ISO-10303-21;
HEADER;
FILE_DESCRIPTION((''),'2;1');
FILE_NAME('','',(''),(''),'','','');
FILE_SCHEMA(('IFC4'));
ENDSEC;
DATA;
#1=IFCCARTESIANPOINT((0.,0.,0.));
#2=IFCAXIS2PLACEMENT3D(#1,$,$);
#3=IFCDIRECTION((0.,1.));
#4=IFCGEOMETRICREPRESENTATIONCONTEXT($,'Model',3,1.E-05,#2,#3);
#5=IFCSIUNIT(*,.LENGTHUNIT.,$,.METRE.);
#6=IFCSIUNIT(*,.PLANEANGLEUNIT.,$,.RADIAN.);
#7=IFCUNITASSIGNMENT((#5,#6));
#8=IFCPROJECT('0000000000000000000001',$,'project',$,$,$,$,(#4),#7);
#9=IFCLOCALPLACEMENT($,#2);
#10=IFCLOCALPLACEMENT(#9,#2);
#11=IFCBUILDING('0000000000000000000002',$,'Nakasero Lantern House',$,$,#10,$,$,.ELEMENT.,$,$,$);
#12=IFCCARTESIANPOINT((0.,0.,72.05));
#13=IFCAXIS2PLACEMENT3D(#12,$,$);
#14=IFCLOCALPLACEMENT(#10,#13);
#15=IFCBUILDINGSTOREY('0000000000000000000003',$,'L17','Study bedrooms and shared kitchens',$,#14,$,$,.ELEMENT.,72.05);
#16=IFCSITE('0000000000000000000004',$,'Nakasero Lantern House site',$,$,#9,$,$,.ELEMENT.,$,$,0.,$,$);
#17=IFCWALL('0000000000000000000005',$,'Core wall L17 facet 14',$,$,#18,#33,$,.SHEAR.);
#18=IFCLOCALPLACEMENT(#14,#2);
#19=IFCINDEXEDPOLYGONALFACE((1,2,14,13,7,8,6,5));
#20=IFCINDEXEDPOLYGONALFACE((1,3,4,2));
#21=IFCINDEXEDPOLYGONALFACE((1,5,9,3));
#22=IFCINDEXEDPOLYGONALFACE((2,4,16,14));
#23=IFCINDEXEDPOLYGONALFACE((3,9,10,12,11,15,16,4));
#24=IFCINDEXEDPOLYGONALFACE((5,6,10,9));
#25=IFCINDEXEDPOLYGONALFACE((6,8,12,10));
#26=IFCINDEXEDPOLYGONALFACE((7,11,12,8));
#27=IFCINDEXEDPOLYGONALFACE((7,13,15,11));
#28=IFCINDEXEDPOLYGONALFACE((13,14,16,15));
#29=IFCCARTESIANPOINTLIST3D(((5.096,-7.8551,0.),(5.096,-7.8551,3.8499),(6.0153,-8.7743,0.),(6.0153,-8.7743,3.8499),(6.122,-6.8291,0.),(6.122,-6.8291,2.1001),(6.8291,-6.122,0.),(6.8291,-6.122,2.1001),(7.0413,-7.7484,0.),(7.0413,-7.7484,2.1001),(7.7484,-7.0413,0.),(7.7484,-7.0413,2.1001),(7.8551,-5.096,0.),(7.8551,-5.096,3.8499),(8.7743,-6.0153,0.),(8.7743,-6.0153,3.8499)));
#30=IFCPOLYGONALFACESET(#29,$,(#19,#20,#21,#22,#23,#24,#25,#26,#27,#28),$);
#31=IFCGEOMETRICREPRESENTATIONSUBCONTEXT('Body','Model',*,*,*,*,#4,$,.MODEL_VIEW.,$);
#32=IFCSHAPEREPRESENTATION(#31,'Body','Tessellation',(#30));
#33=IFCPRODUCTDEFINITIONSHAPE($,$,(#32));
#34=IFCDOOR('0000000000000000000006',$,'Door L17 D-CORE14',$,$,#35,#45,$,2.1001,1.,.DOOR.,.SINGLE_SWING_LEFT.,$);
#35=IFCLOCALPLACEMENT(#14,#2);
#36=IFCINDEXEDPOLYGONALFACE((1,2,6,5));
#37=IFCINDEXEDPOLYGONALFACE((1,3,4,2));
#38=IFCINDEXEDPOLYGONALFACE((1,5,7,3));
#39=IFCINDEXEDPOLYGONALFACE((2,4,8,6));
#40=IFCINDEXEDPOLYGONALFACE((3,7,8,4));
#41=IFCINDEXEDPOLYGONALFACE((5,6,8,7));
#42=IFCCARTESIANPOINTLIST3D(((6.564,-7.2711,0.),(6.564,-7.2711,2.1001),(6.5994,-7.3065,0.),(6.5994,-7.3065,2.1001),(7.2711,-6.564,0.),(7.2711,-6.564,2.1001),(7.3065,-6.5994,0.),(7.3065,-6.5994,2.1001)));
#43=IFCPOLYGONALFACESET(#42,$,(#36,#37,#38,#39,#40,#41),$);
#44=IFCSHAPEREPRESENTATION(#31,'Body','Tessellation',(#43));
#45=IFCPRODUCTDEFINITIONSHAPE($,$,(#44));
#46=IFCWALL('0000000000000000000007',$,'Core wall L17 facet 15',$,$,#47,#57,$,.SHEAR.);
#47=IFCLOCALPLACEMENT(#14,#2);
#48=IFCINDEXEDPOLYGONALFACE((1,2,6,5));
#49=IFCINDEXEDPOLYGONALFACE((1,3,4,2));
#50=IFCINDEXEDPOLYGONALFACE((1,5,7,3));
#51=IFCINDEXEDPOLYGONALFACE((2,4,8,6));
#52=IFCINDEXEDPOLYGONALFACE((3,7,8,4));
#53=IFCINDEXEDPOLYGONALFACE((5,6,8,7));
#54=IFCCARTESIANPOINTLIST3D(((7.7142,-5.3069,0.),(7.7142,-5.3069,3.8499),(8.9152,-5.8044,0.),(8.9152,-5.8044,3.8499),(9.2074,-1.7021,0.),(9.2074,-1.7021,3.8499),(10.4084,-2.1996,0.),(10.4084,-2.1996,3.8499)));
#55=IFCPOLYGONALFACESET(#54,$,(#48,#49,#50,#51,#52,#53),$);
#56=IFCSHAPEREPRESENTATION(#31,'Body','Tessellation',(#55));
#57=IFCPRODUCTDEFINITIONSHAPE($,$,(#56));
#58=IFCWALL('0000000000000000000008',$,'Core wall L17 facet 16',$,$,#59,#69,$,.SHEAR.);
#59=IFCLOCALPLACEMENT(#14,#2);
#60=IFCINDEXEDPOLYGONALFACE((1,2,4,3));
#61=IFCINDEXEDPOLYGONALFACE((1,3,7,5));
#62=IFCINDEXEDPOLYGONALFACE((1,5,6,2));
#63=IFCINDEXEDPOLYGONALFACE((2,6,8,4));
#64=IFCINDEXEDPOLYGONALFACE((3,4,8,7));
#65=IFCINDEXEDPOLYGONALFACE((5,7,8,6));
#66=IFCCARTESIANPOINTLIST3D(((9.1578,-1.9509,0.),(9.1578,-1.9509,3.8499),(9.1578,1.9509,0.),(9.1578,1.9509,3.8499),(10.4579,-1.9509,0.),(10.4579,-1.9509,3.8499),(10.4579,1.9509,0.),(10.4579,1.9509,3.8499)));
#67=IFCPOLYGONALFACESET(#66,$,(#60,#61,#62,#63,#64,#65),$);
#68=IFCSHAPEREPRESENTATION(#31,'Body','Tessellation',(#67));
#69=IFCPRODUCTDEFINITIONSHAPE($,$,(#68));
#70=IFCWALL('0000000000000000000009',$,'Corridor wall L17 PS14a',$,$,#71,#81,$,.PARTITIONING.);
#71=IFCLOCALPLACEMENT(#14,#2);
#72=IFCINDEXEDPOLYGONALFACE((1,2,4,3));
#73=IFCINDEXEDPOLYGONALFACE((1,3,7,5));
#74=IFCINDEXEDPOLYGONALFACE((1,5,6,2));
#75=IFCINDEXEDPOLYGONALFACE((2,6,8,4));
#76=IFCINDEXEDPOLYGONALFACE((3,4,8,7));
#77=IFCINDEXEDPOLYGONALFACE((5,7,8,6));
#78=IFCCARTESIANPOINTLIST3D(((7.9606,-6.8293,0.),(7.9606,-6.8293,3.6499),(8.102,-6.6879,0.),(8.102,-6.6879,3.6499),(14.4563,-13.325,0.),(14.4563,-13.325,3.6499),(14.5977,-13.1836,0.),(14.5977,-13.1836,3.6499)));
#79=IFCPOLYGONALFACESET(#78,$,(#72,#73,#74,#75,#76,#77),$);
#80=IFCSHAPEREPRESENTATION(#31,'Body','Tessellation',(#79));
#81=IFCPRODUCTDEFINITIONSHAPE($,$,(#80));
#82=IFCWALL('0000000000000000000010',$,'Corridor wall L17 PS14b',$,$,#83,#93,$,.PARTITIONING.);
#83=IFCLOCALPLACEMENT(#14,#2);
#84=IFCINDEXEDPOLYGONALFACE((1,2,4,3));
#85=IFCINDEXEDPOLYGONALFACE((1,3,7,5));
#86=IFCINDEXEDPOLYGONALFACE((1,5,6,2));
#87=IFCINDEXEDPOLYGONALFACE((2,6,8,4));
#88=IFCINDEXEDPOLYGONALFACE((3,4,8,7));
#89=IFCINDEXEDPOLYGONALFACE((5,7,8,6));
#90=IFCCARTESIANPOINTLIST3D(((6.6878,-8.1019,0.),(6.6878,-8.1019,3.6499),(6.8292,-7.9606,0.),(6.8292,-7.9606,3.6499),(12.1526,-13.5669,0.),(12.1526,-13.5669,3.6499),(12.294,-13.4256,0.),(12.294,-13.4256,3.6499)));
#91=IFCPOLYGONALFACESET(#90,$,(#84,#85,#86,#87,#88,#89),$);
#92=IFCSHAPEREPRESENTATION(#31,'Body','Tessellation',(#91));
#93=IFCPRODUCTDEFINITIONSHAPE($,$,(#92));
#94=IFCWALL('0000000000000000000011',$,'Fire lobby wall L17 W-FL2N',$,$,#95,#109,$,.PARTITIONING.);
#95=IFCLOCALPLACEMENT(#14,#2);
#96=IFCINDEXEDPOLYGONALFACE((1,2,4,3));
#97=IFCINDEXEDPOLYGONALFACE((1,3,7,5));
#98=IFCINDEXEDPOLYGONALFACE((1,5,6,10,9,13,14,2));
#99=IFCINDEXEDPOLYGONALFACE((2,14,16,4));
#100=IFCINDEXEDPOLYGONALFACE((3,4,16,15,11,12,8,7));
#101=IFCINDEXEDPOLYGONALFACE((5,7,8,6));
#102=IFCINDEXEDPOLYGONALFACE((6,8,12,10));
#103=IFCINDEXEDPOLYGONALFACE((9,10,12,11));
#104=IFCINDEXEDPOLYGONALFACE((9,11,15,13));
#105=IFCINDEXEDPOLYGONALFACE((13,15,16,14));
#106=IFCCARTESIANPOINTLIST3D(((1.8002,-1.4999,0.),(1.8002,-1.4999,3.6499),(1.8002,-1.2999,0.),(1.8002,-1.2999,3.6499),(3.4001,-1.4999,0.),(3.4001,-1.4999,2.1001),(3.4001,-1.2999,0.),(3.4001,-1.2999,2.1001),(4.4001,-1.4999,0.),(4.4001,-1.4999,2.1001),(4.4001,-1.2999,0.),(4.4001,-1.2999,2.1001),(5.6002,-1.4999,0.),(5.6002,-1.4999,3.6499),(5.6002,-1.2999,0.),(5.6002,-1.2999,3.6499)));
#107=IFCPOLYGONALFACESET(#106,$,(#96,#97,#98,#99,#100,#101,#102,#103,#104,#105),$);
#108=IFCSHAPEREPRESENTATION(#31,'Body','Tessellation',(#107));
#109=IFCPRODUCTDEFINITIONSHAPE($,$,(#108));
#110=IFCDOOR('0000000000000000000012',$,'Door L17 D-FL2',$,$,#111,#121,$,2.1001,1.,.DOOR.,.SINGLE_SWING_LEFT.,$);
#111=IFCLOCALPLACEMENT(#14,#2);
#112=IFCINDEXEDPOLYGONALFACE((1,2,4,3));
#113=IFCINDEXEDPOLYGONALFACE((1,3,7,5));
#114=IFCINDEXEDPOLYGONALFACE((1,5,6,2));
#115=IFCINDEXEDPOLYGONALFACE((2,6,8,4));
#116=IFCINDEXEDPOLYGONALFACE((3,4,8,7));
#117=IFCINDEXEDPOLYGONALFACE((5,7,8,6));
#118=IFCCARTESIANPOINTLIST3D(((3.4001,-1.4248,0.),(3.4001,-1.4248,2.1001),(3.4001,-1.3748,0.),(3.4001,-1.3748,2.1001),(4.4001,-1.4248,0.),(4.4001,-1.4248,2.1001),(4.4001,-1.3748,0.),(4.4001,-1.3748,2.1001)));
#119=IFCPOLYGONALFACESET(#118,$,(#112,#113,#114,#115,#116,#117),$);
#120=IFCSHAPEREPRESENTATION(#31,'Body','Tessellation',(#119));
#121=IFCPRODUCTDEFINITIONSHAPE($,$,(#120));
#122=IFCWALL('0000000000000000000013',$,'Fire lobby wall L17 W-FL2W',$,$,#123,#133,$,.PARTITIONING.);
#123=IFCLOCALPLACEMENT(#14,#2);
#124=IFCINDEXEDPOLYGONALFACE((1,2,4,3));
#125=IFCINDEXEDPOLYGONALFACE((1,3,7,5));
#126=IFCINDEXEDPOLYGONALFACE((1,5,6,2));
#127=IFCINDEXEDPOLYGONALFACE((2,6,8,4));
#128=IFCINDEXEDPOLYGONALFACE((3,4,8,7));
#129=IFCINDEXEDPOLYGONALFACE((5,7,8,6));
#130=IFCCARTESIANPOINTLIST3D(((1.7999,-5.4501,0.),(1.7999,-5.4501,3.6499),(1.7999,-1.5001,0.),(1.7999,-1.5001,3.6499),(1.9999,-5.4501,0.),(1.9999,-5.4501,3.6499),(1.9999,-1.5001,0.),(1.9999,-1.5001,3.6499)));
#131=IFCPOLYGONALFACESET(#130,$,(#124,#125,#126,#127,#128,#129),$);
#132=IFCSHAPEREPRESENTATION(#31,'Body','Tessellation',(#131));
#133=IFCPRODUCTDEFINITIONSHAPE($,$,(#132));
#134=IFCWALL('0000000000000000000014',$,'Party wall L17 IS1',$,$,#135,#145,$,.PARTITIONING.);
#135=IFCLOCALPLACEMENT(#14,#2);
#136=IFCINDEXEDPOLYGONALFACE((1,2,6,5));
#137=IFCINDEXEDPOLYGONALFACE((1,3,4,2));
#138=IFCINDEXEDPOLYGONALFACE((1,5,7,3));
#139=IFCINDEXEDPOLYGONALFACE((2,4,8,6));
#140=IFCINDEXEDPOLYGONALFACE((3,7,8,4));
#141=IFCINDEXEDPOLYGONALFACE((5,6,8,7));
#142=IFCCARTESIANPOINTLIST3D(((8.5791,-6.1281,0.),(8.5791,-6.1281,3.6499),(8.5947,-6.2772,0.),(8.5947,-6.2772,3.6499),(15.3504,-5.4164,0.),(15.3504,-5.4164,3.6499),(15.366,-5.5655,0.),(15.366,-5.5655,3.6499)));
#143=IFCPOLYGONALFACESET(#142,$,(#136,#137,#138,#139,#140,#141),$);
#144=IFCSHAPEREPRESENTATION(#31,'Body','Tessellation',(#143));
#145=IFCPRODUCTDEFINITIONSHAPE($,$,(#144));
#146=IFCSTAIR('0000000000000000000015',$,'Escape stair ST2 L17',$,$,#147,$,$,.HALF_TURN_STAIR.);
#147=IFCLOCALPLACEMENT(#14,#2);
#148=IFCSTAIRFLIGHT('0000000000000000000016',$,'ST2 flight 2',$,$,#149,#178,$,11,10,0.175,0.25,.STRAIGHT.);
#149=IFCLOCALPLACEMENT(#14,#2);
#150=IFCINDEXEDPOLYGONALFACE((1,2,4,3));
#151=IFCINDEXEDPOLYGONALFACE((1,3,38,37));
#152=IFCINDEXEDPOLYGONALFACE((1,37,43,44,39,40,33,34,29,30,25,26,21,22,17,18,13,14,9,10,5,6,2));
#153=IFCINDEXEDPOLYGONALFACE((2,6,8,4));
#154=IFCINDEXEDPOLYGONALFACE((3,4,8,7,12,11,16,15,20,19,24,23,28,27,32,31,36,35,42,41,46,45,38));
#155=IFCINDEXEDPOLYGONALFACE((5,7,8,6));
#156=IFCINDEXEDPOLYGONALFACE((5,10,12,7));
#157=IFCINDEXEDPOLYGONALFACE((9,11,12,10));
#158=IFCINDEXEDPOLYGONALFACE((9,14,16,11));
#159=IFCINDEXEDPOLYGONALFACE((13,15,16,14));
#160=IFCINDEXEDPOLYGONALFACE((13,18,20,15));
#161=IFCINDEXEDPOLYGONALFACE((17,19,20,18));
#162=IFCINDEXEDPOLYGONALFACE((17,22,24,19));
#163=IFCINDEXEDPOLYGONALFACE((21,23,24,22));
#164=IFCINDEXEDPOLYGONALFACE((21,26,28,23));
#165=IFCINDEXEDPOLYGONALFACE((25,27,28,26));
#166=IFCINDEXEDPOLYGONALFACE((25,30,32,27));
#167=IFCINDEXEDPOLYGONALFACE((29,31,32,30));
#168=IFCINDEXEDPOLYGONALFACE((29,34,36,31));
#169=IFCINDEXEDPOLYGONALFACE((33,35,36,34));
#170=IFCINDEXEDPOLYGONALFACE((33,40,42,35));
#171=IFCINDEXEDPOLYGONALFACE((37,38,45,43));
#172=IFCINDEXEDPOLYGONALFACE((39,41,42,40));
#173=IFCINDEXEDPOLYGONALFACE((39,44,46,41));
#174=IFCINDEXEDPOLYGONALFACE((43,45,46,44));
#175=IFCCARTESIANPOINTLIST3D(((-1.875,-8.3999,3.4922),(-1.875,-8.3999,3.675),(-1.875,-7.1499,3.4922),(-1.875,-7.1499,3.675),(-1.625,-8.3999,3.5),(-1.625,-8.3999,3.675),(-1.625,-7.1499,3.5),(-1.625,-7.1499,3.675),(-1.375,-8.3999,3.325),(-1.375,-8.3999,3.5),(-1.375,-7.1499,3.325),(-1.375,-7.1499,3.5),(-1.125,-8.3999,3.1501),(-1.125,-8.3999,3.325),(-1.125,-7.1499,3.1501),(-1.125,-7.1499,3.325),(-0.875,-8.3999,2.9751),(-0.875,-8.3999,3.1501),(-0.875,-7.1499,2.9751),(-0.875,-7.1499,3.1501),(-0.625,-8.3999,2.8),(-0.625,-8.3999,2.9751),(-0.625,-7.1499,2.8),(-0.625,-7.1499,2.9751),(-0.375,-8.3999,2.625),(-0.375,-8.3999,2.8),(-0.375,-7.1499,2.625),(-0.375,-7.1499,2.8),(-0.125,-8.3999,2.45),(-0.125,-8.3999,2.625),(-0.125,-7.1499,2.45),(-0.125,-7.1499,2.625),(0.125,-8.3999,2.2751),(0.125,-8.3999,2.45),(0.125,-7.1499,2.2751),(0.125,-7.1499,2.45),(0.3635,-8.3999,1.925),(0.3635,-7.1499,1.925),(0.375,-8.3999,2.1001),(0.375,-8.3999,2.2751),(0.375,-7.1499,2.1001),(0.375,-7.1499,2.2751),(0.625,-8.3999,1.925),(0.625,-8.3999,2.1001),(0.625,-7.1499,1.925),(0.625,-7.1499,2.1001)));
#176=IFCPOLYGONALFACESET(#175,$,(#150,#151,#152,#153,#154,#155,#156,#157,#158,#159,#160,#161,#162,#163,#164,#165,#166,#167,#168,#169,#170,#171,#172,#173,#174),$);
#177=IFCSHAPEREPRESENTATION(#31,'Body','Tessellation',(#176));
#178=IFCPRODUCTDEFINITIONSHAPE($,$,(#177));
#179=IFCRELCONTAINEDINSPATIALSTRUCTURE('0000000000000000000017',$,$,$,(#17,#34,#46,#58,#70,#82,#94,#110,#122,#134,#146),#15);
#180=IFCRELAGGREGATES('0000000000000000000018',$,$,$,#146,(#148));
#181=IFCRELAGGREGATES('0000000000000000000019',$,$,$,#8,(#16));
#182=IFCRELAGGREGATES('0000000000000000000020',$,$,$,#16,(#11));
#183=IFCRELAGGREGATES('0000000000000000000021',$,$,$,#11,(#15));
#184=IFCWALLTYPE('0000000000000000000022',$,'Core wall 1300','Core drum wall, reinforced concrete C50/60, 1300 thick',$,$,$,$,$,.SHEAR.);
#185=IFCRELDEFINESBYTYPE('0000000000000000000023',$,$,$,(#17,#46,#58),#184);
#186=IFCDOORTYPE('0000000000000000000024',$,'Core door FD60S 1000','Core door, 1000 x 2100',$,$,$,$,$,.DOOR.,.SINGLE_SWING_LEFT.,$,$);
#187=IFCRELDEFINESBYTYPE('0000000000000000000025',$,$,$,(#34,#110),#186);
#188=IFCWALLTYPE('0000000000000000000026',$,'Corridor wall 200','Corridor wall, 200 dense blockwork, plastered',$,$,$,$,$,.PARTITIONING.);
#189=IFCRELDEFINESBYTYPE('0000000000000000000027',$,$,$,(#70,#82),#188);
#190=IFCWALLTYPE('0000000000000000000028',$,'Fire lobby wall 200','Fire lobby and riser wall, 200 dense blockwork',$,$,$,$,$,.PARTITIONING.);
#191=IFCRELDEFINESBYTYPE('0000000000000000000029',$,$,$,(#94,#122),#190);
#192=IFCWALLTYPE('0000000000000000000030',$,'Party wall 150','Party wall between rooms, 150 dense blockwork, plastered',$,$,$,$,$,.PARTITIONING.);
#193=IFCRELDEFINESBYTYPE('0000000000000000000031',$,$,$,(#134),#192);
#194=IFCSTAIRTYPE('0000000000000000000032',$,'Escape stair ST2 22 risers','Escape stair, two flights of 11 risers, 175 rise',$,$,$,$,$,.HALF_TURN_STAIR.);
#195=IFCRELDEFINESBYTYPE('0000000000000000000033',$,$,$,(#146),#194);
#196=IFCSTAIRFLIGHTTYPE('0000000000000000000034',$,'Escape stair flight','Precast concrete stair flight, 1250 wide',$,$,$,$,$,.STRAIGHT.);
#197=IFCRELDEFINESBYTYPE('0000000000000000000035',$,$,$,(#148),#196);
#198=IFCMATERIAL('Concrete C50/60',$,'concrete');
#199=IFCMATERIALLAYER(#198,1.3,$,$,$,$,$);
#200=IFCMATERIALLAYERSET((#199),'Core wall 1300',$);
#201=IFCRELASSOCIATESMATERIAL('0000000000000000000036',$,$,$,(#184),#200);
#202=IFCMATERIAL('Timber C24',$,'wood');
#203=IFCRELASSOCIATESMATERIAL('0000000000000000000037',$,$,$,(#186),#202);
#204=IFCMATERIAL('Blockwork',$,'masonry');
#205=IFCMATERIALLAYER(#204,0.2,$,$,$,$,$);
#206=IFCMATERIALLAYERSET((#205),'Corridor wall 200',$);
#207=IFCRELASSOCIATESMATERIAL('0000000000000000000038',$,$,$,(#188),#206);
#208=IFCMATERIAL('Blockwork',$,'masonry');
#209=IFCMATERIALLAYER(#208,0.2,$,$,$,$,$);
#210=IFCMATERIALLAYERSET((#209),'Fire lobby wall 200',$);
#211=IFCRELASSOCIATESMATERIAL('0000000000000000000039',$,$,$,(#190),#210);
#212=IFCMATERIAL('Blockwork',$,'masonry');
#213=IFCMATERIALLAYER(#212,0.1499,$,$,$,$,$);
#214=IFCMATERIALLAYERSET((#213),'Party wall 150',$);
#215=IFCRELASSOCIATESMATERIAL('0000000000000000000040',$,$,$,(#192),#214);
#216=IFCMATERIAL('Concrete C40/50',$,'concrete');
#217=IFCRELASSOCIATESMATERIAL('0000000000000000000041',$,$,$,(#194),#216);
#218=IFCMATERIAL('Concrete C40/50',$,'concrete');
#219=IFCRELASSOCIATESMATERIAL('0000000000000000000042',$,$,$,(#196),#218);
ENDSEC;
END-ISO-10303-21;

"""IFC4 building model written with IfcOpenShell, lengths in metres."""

from ifc_helpers import new_model, si_unit, direction, frame, frame_2d, origin, place, context, subcontext, project, spatial, polyline, rectangle, outline, extrude, material, layer, layer_set, type_object, element, fill, aggregate, save


model = new_model("IFC4")

# Units and contexts
model_context = context("Model", 3, precision=1e-05, world=origin(), true_north=direction((0.0, 1.0)))
body_context = subcontext(model_context, "Body", "Model", "MODEL_VIEW")
ifc_project = project(units=[si_unit("LENGTHUNIT", "METRE"), si_unit("PLANEANGLEUNIT", "RADIAN")], contexts=[model_context])

# Site, building, storey
site_placement = place(None, origin())
site = spatial("IfcSite", under=ifc_project, at=site_placement, Name="Nakasero Lantern House site", CompositionType="ELEMENT", RefElevation=0.0)
building_placement = place(site_placement, origin())
building = spatial("IfcBuilding", under=site, at=building_placement, Name="Nakasero Lantern House", CompositionType="ELEMENT")
storey_placement = place(building_placement, frame((0.0, 0.0, 72.05)))
storey = spatial("IfcBuildingStorey", under=building, at=storey_placement, Name="L17", Description="Study bedrooms and shared kitchens", CompositionType="ELEMENT", Elevation=72.05)

# Shared definitions
ifc_material_1 = material(Name="Concrete C50/60", Category="concrete")
ifc_layer_1 = layer(ifc_material_1, 1.3)
ifc_layer_set_1 = layer_set([ifc_layer_1], Name="Core wall 1300")
wall_type_1 = type_object("IfcWallType", Name="Core wall 1300", Description="Core drum wall, reinforced concrete C50/60, 1300 thick", PredefinedType="SHEAR", material=ifc_layer_set_1)

# Wall, opening, door
wall_1_placement = place(storey_placement, frame((5.5557, -8.3147, 0.0), z_axis=(0.0, 0.0, 1.0), x_axis=(0.707107, 0.707107, 0.0)))
wall_1 = element("IfcWall", 1, at=wall_1_placement, inside=storey, type_object=wall_type_1, Name="Core wall L17 facet 14", PredefinedType="SHEAR", context=body_context, shape_type="SweptSolid", body=[
    extrude(rectangle(XDim=3.9019, YDim=1.3, at=frame_2d((1.9509, 0.0))), origin(), (0.0, 0.0, 1.0), 3.8499),
])
opening_1_placement = place(wall_1_placement, frame((1.4509, 0.0, 0.0)))
opening_1 = element("IfcOpeningElement", 2, at=opening_1_placement, cuts=wall_1, PredefinedType="OPENING", context=body_context, shape_type="SweptSolid", body=[
    extrude(rectangle(XDim=1.0, YDim=2.1001, at=frame_2d((0.5, 1.05))), frame((0.0, 0.6699, 0.0), z_axis=(0.0, -1.0, 0.0), x_axis=(1.0, 0.0, 0.0)), (0.0, 0.0, 1.0), 1.3401),
])
ifc_material_2 = material(Name="Timber C24", Category="wood")
door_type_1 = type_object("IfcDoorType", Name="Core door FD60S 1000", Description="Core door, 1000 x 2100", OperationType="SINGLE_SWING_LEFT", PredefinedType="DOOR", material=ifc_material_2)
door_1_placement = place(opening_1_placement, origin())
door_1 = element("IfcDoor", 3, at=door_1_placement, inside=storey, type_object=door_type_1, Name="Door L17 D-CORE14", OperationType="SINGLE_SWING_LEFT", OverallHeight=2.1001, OverallWidth=1.0, PredefinedType="DOOR", context=body_context, shape_type="SweptSolid", body=[
    extrude(rectangle(XDim=1.0, YDim=2.1001, at=frame_2d((0.5, 1.05))), frame((0.0, 0.0249, 0.0), z_axis=(0.0, -1.0, 0.0), x_axis=(1.0, 0.0, 0.0)), (0.0, 0.0, 1.0), 0.05),
])
fill(opening_1, door_1)

# Walls
for number, where, z_axis, x_axis, name in (
    (4, (8.3147, -5.5557, 0.0), (0.0, 0.0, 1.0), (0.382691, 0.923877, 0.0), "Core wall L17 facet 15"),
    (5, (9.8079, -1.9509, 0.0), (0.0, 0.0, 1.0), (0.0, 1.0, 0.0), "Core wall L17 facet 16"),
):
    element("IfcWall", number, at=place(storey_placement, frame(where, z_axis=z_axis, x_axis=x_axis)), inside=storey, type_object=wall_type_1, Name=name, PredefinedType="SHEAR", context=body_context, shape_type="SweptSolid", body=[
        extrude(rectangle(XDim=3.9019, YDim=1.3, at=frame_2d((1.9509, 0.0))), origin(), (0.0, 0.0, 1.0), 3.8499),
    ])
ifc_material_3 = material(Name="Blockwork", Category="masonry")
ifc_layer_2 = layer(ifc_material_3, 0.2)
ifc_layer_set_2 = layer_set([ifc_layer_2], Name="Corridor wall 200")
wall_type_2 = type_object("IfcWallType", Name="Corridor wall 200", Description="Corridor wall, 200 dense blockwork, plastered", PredefinedType="PARTITIONING", material=ifc_layer_set_2)
wall_2_placement = place(storey_placement, frame((8.0312, -6.7585, 0.0), z_axis=(0.0, 0.0, 1.0), x_axis=(0.707107, -0.707107, 0.0)))
element("IfcWall", 6, at=wall_2_placement, inside=storey, type_object=wall_type_2, Name="Corridor wall L17 PS14a", PredefinedType="PARTITIONING", context=body_context, shape_type="SweptSolid", body=[
    extrude(rectangle(XDim=9.1863, YDim=0.2, at=frame_2d((4.5933, 0.0))), origin(), (0.0, 0.0, 1.0), 3.6499),
])
wall_3_placement = place(storey_placement, frame((6.7585, -8.0312, 0.0), z_axis=(0.0, 0.0, 1.0), x_axis=(0.707091, -0.707123, 0.0)))
element("IfcWall", 7, at=wall_3_placement, inside=storey, type_object=wall_type_2, Name="Corridor wall L17 PS14b", PredefinedType="PARTITIONING", context=body_context, shape_type="SweptSolid", body=[
    extrude(rectangle(XDim=7.7285, YDim=0.2, at=frame_2d((3.8643, 0.0))), origin(), (0.0, 0.0, 1.0), 3.6499),
])

# Wall, opening, door
ifc_material_4 = material(Name="Blockwork", Category="masonry")
ifc_layer_3 = layer(ifc_material_4, 0.2)
ifc_layer_set_3 = layer_set([ifc_layer_3], Name="Fire lobby wall 200")
wall_type_3 = type_object("IfcWallType", Name="Fire lobby wall 200", Description="Fire lobby and riser wall, 200 dense blockwork", PredefinedType="PARTITIONING", material=ifc_layer_set_3)
wall_4_placement = place(storey_placement, frame((5.6001, -1.3999, 0.0), z_axis=(0.0, 0.0, 1.0), x_axis=(-1.0, 0.0, 0.0)))
wall_4 = element("IfcWall", 8, at=wall_4_placement, inside=storey, type_object=wall_type_3, Name="Fire lobby wall L17 W-FL2N", PredefinedType="PARTITIONING", context=body_context, shape_type="SweptSolid", body=[
    extrude(rectangle(XDim=3.8, YDim=0.2, at=frame_2d((1.8999, 0.0))), origin(), (0.0, 0.0, 1.0), 3.6499),
])
opening_2_placement = place(wall_4_placement, frame((1.2, 0.0, 0.0)))
opening_2 = element("IfcOpeningElement", 9, at=opening_2_placement, cuts=wall_4, PredefinedType="OPENING", context=body_context, shape_type="SweptSolid", body=[
    extrude(rectangle(XDim=1.0, YDim=2.1001, at=frame_2d((0.5, 1.05))), frame((0.0, 0.1199, 0.0), z_axis=(0.0, -1.0, 0.0), x_axis=(1.0, 0.0, 0.0)), (0.0, 0.0, 1.0), 0.24),
])
door_2_placement = place(opening_2_placement, origin())
door_2 = element("IfcDoor", 10, at=door_2_placement, inside=storey, type_object=door_type_1, Name="Door L17 D-FL2", OperationType="SINGLE_SWING_LEFT", OverallHeight=2.1001, OverallWidth=1.0, PredefinedType="DOOR", context=body_context, shape_type="SweptSolid", body=[
    extrude(rectangle(XDim=1.0, YDim=2.1001, at=frame_2d((0.5, 1.05))), frame((0.0, 0.0249, 0.0), z_axis=(0.0, -1.0, 0.0), x_axis=(1.0, 0.0, 0.0)), (0.0, 0.0, 1.0), 0.05),
])
fill(opening_2, door_2)

# Walls
wall_5_placement = place(storey_placement, frame((1.8999, -1.5, 0.0), z_axis=(0.0, 0.0, 1.0), x_axis=(0.0, -1.0, 0.0)))
element("IfcWall", 11, at=wall_5_placement, inside=storey, type_object=wall_type_3, Name="Fire lobby wall L17 W-FL2W", PredefinedType="PARTITIONING", context=body_context, shape_type="SweptSolid", body=[
    extrude(rectangle(XDim=3.95, YDim=0.2, at=frame_2d((1.9751, 0.0))), origin(), (0.0, 0.0, 1.0), 3.6499),
])
ifc_material_5 = material(Name="Blockwork", Category="masonry")
ifc_layer_4 = layer(ifc_material_5, 0.1499)
ifc_layer_set_4 = layer_set([ifc_layer_4], Name="Party wall 150")
wall_type_4 = type_object("IfcWallType", Name="Party wall 150", Description="Party wall between rooms, 150 dense blockwork, plastered", PredefinedType="PARTITIONING", material=ifc_layer_set_4)
wall_6_placement = place(storey_placement, frame((8.5869, -6.2026, 0.0), z_axis=(0.0, 0.0, 1.0), x_axis=(0.994522, 0.104526, 0.0)))
element("IfcWall", 12, at=wall_6_placement, inside=storey, type_object=wall_type_4, Name="Party wall L17 IS1", PredefinedType="PARTITIONING", context=body_context, shape_type="SweptSolid", body=[
    extrude(rectangle(XDim=6.8086, YDim=0.1499, at=frame_2d((3.4043, 0.0))), origin(), (0.0, 0.0, 1.0), 3.6499),
])

# Stair, stair flight
ifc_material_6 = material(Name="Concrete C40/50", Category="concrete")
stair_type = type_object("IfcStairType", Name="Escape stair ST2 22 risers", Description="Escape stair, two flights of 11 risers, 175 rise", PredefinedType="HALF_TURN_STAIR", material=ifc_material_6)
stair_placement = place(storey_placement, origin())
stair = element("IfcStair", 13, at=stair_placement, inside=storey, type_object=stair_type, Name="Escape stair ST2 L17", PredefinedType="HALF_TURN_STAIR")
ifc_material_7 = material(Name="Concrete C40/50", Category="concrete")
stair_flight_type = type_object("IfcStairFlightType", Name="Escape stair flight", Description="Precast concrete stair flight, 1250 wide", PredefinedType="STRAIGHT", material=ifc_material_7)
stair_flight_placement = place(storey_placement, frame((0.625, -7.7749, 1.925), z_axis=(0.0, 0.0, 1.0), x_axis=(-1.0, 0.0, 0.0)))
stair_flight = element("IfcStairFlight", 14, at=stair_flight_placement, type_object=stair_flight_type, Name="ST2 flight 2", NumberOfRisers=11, NumberOfTreads=10, PredefinedType="STRAIGHT", RiserHeight=0.175, TreadLength=0.25, context=body_context, shape_type="SweptSolid", body=[
    extrude(outline(polyline([(0.0, 0.0), (0.0, 0.175), (0.25, 0.175), (0.25, 0.3501), (0.5, 0.3501), (0.5, 0.5249), (0.75, 0.5249), (0.75, 0.7), (1.0, 0.7), (1.0, 0.875), (1.25, 0.875), (1.25, 1.05), (1.5, 1.05), (1.5, 1.2251), (1.75, 1.2251), (1.75, 1.3999), (2.0, 1.3999), (2.0, 1.575), (2.25, 1.575), (2.25, 1.75), (2.5, 1.75), (2.5, 1.925), (2.5, 1.5671), (0.2615, 0.0), (0.0, 0.0)])), frame((0.0, 0.625, 0.0), z_axis=(0.0, -1.0, 0.0), x_axis=(1.0, 0.0, 0.0)), (0.0, 0.0, 1.0), 1.25),
])
aggregate(stair, [stair_flight])

save(model, "model.ifc")
